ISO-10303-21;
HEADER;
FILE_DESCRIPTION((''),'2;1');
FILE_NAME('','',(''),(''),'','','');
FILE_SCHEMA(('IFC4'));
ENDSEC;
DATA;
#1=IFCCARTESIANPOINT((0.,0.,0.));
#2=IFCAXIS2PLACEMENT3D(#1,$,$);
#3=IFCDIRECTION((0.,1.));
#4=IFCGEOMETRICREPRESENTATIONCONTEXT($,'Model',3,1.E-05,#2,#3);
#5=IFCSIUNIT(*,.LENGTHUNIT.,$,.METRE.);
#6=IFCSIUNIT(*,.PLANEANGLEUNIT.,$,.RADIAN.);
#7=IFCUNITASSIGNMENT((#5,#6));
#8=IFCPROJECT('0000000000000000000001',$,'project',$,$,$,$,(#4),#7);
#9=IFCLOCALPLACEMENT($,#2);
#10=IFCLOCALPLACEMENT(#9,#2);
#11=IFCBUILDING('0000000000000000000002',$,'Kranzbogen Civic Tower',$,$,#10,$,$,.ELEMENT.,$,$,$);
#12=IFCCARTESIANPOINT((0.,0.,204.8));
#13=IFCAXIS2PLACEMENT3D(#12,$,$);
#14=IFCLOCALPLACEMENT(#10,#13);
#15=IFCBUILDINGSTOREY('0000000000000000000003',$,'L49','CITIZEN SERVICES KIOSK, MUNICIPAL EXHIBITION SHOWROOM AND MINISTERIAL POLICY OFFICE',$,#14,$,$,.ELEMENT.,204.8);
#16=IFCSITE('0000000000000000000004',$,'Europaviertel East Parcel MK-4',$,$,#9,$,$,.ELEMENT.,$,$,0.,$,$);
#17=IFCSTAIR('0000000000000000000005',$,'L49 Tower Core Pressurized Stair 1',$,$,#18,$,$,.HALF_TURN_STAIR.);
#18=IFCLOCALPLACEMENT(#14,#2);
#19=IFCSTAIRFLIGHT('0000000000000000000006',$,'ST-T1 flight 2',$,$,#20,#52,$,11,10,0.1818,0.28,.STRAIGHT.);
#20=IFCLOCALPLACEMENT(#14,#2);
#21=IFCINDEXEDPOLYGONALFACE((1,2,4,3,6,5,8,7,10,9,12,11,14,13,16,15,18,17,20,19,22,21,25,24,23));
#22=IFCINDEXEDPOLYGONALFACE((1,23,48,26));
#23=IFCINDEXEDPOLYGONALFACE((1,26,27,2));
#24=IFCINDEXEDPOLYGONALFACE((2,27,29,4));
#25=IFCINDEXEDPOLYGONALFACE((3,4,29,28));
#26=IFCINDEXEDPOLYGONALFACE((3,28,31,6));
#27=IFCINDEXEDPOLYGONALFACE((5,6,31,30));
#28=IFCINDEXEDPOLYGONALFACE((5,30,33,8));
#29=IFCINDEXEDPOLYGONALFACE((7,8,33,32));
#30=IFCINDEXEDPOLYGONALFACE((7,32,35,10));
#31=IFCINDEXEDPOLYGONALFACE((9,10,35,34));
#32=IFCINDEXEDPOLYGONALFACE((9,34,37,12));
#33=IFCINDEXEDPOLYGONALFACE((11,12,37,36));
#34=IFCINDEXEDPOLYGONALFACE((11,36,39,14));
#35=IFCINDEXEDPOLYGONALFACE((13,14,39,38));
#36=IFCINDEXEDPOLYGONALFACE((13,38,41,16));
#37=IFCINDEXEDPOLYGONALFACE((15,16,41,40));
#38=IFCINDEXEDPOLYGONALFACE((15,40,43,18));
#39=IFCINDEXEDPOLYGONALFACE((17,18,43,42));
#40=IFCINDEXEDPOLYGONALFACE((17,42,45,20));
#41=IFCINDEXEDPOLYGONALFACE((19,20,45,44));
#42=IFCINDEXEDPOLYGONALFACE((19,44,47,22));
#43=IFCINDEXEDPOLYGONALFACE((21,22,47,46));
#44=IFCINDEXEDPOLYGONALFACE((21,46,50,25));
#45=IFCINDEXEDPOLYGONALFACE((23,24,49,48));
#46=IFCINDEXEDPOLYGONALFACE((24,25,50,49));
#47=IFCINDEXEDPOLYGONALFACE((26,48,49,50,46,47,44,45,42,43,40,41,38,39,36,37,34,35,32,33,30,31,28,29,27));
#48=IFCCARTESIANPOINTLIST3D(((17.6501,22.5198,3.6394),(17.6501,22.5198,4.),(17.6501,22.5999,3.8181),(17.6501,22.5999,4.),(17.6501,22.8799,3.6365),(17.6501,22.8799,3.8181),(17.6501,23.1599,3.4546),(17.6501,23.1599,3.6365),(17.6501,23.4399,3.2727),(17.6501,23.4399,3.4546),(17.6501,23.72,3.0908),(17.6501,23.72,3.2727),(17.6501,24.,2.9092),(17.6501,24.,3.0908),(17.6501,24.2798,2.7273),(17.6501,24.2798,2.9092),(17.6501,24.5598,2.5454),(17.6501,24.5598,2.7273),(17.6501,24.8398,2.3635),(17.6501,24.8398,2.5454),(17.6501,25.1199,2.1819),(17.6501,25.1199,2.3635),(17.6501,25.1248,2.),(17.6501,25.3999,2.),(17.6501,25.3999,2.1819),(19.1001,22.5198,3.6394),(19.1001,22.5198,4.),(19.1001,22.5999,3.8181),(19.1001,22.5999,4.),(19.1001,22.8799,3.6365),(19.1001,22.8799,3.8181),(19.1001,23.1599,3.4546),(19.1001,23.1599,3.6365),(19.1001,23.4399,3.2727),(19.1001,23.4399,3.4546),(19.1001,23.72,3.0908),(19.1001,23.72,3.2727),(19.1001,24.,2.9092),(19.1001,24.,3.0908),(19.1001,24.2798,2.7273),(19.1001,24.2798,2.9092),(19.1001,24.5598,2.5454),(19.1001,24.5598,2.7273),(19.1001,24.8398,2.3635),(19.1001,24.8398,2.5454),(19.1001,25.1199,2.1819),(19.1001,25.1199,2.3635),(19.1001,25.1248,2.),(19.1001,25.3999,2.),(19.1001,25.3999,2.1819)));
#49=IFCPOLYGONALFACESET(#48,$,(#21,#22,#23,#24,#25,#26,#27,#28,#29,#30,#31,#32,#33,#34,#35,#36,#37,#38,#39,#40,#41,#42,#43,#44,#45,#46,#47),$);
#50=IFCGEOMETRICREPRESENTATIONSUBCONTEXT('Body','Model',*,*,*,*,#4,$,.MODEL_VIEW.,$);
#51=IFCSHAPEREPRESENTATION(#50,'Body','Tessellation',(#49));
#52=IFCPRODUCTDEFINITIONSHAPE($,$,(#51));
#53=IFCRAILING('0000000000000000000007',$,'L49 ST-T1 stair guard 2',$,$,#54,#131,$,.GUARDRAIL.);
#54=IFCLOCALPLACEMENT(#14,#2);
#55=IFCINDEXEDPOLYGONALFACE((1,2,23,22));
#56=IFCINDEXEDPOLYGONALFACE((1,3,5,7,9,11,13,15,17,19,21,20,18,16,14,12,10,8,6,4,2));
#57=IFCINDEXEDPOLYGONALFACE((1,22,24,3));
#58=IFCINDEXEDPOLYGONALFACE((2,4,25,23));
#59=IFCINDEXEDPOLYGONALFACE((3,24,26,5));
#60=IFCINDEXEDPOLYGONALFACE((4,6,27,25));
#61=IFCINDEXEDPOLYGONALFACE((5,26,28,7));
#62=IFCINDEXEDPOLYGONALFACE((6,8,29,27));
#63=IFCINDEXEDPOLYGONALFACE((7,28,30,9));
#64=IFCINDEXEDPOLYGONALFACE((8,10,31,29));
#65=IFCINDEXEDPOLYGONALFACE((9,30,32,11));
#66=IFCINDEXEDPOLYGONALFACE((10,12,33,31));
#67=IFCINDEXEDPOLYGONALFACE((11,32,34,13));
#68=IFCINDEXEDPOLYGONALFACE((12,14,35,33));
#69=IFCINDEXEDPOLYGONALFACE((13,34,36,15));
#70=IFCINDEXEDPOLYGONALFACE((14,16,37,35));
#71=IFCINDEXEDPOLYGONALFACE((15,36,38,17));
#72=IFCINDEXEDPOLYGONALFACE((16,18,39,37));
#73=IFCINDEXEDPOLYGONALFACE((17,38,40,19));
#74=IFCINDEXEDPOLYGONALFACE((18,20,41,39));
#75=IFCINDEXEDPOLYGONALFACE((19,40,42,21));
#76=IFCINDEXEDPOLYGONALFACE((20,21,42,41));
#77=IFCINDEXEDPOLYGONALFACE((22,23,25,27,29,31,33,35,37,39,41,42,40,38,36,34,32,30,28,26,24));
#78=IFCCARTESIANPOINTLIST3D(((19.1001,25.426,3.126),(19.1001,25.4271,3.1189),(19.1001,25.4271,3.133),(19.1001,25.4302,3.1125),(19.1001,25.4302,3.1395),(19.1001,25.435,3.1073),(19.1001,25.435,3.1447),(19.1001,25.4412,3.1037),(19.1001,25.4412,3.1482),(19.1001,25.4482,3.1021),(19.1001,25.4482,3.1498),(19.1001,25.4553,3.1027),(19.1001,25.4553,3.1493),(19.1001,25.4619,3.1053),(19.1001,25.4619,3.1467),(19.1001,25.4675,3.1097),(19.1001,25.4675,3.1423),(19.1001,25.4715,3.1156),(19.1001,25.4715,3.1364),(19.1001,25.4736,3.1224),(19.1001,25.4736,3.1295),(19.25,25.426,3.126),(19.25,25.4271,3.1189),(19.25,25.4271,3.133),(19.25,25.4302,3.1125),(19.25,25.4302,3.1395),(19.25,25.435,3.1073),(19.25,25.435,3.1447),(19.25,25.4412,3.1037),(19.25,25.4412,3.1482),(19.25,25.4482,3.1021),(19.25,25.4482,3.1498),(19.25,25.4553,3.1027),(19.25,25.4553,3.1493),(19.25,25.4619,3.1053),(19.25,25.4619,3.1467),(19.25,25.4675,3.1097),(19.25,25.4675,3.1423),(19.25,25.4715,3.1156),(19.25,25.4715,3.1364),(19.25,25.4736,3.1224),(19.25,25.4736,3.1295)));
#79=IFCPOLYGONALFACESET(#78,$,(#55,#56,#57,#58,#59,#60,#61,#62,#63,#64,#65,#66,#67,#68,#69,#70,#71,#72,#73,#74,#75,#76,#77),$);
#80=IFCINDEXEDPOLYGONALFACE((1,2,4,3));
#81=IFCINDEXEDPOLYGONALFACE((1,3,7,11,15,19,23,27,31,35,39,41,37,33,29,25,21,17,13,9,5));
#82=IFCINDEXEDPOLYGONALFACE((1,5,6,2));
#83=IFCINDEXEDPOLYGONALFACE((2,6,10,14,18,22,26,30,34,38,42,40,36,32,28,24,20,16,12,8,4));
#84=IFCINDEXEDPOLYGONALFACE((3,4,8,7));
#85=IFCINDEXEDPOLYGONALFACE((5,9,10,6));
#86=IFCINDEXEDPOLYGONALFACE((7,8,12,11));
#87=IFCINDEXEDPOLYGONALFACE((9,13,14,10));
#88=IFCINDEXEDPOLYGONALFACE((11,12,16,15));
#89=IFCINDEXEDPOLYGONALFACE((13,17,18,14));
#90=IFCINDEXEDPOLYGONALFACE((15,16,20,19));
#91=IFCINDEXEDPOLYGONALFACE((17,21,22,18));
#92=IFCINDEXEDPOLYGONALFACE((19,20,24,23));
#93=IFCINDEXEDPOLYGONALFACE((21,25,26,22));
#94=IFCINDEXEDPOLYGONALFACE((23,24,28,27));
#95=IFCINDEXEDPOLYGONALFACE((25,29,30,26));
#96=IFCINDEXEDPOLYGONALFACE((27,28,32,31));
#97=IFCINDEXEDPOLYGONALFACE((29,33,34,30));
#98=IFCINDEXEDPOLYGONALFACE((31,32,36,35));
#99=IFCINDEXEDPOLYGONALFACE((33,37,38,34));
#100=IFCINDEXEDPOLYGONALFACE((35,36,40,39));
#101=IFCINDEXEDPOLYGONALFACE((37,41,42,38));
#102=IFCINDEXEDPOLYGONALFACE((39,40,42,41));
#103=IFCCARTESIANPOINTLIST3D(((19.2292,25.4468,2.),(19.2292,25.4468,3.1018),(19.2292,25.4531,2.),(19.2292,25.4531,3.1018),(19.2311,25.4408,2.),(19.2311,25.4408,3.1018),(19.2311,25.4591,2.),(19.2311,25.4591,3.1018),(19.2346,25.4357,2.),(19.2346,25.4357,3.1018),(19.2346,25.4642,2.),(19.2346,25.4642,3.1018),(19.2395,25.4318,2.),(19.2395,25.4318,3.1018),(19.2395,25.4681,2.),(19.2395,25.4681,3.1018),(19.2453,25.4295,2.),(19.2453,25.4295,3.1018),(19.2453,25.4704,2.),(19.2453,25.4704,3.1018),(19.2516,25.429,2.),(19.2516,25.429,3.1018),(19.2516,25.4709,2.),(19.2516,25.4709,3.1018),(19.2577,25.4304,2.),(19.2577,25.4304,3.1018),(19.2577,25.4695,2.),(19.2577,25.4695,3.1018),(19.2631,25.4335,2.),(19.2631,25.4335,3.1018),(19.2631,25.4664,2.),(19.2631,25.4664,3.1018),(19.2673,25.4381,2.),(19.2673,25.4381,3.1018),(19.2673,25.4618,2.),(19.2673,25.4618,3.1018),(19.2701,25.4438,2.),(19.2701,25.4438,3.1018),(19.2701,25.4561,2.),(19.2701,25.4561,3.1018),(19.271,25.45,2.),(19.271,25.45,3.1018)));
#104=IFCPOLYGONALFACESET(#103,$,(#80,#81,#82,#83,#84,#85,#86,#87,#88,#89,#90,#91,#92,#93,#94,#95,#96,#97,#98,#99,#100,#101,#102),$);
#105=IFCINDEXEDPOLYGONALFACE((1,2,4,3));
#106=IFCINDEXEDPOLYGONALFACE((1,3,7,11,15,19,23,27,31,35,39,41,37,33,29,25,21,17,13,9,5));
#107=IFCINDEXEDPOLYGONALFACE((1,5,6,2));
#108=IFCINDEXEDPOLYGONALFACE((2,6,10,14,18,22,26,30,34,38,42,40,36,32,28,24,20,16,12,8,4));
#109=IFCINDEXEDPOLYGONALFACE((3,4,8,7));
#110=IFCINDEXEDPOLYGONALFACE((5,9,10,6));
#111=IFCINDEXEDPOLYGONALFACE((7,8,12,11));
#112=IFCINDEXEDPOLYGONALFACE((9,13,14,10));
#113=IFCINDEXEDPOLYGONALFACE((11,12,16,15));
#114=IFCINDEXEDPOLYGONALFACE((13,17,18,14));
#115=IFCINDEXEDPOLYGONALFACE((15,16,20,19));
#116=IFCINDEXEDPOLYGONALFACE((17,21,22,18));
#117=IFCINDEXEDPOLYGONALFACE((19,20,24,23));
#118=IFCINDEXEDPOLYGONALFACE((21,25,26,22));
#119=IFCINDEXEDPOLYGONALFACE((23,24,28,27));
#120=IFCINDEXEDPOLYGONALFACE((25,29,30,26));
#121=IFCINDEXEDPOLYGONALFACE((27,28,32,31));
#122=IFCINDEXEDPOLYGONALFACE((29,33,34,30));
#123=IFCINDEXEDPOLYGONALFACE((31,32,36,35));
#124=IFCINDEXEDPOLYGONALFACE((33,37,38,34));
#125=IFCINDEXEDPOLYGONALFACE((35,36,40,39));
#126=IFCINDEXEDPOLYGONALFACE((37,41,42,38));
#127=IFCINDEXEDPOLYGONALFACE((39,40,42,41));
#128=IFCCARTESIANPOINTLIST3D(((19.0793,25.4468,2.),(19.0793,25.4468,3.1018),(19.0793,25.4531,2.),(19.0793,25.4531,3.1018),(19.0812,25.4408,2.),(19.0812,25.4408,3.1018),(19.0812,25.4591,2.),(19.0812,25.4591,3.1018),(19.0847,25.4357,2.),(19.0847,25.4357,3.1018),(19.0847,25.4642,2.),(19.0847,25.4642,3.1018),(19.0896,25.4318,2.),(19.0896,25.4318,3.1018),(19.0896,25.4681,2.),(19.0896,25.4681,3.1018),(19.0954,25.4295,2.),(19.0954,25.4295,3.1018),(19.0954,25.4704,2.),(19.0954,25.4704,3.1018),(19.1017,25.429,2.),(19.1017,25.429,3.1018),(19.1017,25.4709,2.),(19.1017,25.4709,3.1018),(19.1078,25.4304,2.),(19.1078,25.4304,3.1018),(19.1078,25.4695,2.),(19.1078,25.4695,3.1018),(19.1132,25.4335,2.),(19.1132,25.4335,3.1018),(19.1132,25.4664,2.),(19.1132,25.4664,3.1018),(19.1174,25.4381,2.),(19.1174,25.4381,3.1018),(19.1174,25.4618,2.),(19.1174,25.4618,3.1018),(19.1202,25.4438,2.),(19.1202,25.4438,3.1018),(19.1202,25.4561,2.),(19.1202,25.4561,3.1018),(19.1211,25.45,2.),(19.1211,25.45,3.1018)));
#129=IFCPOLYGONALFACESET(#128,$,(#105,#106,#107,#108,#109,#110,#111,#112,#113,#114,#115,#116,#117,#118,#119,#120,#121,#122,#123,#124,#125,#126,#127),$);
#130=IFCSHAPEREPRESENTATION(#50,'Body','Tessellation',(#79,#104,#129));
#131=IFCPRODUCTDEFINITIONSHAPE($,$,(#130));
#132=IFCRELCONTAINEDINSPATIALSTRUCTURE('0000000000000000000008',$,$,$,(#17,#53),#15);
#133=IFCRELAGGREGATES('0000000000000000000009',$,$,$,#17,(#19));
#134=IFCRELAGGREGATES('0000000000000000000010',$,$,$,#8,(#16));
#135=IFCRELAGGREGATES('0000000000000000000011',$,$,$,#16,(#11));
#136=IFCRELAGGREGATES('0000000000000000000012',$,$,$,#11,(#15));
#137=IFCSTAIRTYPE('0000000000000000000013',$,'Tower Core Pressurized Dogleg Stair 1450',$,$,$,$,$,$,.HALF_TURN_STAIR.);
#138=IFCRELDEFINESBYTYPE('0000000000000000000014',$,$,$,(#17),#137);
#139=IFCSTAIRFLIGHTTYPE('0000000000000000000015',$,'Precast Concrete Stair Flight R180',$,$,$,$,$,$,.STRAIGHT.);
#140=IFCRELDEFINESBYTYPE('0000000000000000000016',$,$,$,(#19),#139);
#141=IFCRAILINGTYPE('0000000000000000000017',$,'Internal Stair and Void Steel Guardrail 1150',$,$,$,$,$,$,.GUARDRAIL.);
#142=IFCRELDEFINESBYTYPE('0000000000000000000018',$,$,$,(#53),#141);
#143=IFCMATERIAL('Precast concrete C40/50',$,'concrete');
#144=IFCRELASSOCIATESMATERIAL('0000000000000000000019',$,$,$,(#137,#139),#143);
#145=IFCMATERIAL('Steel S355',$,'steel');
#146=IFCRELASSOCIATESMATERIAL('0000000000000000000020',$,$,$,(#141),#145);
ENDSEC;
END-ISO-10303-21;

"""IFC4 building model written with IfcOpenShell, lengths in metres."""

from ifc_helpers import new_model, si_unit, direction, frame, origin, origin_2d, place, context, subcontext, project, spatial, polyline, circle, outline, extrude, material, type_object, element, aggregate, save


model = new_model("IFC4")

# Units and contexts
model_context = context("Model", 3, precision=1e-05, world=origin(), true_north=direction((0.0, 1.0)))
body_context = subcontext(model_context, "Body", "Model", "MODEL_VIEW")
ifc_project = project(units=[si_unit("LENGTHUNIT", "METRE"), si_unit("PLANEANGLEUNIT", "RADIAN")], contexts=[model_context])

# Site, building, storey
site_placement = place(None, origin())
site = spatial("IfcSite", under=ifc_project, at=site_placement, Name="Europaviertel East Parcel MK-4", CompositionType="ELEMENT", RefElevation=0.0)
building_placement = place(site_placement, origin())
building = spatial("IfcBuilding", under=site, at=building_placement, Name="Kranzbogen Civic Tower", CompositionType="ELEMENT")
storey_placement = place(building_placement, frame((0.0, 0.0, 204.8)))
storey = spatial("IfcBuildingStorey", under=building, at=storey_placement, Name="L49", Description="CITIZEN SERVICES KIOSK, MUNICIPAL EXHIBITION SHOWROOM AND MINISTERIAL POLICY OFFICE", CompositionType="ELEMENT", Elevation=204.8)

# Shared definitions
ifc_material_1 = material(Name="Steel S355", Category="steel")

# Stair, stair flight
ifc_material_2 = material(Name="Precast concrete C40/50", Category="concrete")
stair_type = type_object("IfcStairType", Name="Tower Core Pressurized Dogleg Stair 1450", PredefinedType="HALF_TURN_STAIR", material=ifc_material_2)
stair_placement = place(storey_placement, origin())
stair = element("IfcStair", 1, at=stair_placement, inside=storey, type_object=stair_type, Name="L49 Tower Core Pressurized Stair 1", PredefinedType="HALF_TURN_STAIR")
stair_flight_type = type_object("IfcStairFlightType", Name="Precast Concrete Stair Flight R180", PredefinedType="STRAIGHT", material=ifc_material_2)
stair_flight_placement = place(storey_placement, frame((18.375, 25.3999, 2.0), z_axis=(0.0, 0.0, 1.0), x_axis=(0.0, -1.0, 0.0)))
stair_flight = element("IfcStairFlight", 2, at=stair_flight_placement, type_object=stair_flight_type, Name="ST-T1 flight 2", NumberOfRisers=11, NumberOfTreads=10, PredefinedType="STRAIGHT", RiserHeight=0.1818, TreadLength=0.28, context=body_context, shape_type="SweptSolid", body=[
    extrude(outline(polyline([(0.0, 0.0), (0.0, 0.1819), (0.28, 0.1819), (0.28, 0.3635), (0.5601, 0.3635), (0.5601, 0.5454), (0.8401, 0.5454), (0.8401, 0.7273), (1.1201, 0.7273), (1.1201, 0.9092), (1.3999, 0.9092), (1.3999, 1.0908), (1.6799, 1.0908), (1.6799, 1.2727), (1.96, 1.2727), (1.96, 1.4546), (2.24, 1.4546), (2.24, 1.6365), (2.52, 1.6365), (2.52, 1.8181), (2.8, 1.8181), (2.8, 2.0), (2.8801, 2.0), (2.8801, 1.6394), (0.2751, 0.0), (0.0, 0.0)])), frame((0.0, 0.7251, 0.0), z_axis=(0.0, -1.0, 0.0), x_axis=(1.0, 0.0, 0.0)), (0.0, 0.0, 1.0), 1.45),
])
aggregate(stair, [stair_flight])

# Railing
railing_type_1 = type_object("IfcRailingType", Name="Internal Stair and Void Steel Guardrail 1150", PredefinedType="GUARDRAIL", material=ifc_material_1)
railing_1_placement = place(storey_placement, frame((19.25, 25.45, 2.0)))
element("IfcRailing", 3, at=railing_1_placement, inside=storey, type_object=railing_type_1, Name="L49 ST-T1 stair guard 2", PredefinedType="GUARDRAIL", context=body_context, shape_type="SweptSolid", body=[
    extrude(circle(Radius=0.0239, at=origin_2d()), frame((0.0, 0.0, 1.126), z_axis=(-1.0, 0.0, 0.0), x_axis=(0.0, -1.0, 0.0)), (0.0, 0.0, 1.0), 0.1499),
    extrude(circle(Radius=0.021, at=origin_2d()), origin(), (0.0, 0.0, 1.0), 1.1018),
    extrude(circle(Radius=0.021, at=origin_2d()), frame((-0.1499, 0.0, 0.0)), (0.0, 0.0, 1.0), 1.1018),
])

save(model, "model.ifc")
